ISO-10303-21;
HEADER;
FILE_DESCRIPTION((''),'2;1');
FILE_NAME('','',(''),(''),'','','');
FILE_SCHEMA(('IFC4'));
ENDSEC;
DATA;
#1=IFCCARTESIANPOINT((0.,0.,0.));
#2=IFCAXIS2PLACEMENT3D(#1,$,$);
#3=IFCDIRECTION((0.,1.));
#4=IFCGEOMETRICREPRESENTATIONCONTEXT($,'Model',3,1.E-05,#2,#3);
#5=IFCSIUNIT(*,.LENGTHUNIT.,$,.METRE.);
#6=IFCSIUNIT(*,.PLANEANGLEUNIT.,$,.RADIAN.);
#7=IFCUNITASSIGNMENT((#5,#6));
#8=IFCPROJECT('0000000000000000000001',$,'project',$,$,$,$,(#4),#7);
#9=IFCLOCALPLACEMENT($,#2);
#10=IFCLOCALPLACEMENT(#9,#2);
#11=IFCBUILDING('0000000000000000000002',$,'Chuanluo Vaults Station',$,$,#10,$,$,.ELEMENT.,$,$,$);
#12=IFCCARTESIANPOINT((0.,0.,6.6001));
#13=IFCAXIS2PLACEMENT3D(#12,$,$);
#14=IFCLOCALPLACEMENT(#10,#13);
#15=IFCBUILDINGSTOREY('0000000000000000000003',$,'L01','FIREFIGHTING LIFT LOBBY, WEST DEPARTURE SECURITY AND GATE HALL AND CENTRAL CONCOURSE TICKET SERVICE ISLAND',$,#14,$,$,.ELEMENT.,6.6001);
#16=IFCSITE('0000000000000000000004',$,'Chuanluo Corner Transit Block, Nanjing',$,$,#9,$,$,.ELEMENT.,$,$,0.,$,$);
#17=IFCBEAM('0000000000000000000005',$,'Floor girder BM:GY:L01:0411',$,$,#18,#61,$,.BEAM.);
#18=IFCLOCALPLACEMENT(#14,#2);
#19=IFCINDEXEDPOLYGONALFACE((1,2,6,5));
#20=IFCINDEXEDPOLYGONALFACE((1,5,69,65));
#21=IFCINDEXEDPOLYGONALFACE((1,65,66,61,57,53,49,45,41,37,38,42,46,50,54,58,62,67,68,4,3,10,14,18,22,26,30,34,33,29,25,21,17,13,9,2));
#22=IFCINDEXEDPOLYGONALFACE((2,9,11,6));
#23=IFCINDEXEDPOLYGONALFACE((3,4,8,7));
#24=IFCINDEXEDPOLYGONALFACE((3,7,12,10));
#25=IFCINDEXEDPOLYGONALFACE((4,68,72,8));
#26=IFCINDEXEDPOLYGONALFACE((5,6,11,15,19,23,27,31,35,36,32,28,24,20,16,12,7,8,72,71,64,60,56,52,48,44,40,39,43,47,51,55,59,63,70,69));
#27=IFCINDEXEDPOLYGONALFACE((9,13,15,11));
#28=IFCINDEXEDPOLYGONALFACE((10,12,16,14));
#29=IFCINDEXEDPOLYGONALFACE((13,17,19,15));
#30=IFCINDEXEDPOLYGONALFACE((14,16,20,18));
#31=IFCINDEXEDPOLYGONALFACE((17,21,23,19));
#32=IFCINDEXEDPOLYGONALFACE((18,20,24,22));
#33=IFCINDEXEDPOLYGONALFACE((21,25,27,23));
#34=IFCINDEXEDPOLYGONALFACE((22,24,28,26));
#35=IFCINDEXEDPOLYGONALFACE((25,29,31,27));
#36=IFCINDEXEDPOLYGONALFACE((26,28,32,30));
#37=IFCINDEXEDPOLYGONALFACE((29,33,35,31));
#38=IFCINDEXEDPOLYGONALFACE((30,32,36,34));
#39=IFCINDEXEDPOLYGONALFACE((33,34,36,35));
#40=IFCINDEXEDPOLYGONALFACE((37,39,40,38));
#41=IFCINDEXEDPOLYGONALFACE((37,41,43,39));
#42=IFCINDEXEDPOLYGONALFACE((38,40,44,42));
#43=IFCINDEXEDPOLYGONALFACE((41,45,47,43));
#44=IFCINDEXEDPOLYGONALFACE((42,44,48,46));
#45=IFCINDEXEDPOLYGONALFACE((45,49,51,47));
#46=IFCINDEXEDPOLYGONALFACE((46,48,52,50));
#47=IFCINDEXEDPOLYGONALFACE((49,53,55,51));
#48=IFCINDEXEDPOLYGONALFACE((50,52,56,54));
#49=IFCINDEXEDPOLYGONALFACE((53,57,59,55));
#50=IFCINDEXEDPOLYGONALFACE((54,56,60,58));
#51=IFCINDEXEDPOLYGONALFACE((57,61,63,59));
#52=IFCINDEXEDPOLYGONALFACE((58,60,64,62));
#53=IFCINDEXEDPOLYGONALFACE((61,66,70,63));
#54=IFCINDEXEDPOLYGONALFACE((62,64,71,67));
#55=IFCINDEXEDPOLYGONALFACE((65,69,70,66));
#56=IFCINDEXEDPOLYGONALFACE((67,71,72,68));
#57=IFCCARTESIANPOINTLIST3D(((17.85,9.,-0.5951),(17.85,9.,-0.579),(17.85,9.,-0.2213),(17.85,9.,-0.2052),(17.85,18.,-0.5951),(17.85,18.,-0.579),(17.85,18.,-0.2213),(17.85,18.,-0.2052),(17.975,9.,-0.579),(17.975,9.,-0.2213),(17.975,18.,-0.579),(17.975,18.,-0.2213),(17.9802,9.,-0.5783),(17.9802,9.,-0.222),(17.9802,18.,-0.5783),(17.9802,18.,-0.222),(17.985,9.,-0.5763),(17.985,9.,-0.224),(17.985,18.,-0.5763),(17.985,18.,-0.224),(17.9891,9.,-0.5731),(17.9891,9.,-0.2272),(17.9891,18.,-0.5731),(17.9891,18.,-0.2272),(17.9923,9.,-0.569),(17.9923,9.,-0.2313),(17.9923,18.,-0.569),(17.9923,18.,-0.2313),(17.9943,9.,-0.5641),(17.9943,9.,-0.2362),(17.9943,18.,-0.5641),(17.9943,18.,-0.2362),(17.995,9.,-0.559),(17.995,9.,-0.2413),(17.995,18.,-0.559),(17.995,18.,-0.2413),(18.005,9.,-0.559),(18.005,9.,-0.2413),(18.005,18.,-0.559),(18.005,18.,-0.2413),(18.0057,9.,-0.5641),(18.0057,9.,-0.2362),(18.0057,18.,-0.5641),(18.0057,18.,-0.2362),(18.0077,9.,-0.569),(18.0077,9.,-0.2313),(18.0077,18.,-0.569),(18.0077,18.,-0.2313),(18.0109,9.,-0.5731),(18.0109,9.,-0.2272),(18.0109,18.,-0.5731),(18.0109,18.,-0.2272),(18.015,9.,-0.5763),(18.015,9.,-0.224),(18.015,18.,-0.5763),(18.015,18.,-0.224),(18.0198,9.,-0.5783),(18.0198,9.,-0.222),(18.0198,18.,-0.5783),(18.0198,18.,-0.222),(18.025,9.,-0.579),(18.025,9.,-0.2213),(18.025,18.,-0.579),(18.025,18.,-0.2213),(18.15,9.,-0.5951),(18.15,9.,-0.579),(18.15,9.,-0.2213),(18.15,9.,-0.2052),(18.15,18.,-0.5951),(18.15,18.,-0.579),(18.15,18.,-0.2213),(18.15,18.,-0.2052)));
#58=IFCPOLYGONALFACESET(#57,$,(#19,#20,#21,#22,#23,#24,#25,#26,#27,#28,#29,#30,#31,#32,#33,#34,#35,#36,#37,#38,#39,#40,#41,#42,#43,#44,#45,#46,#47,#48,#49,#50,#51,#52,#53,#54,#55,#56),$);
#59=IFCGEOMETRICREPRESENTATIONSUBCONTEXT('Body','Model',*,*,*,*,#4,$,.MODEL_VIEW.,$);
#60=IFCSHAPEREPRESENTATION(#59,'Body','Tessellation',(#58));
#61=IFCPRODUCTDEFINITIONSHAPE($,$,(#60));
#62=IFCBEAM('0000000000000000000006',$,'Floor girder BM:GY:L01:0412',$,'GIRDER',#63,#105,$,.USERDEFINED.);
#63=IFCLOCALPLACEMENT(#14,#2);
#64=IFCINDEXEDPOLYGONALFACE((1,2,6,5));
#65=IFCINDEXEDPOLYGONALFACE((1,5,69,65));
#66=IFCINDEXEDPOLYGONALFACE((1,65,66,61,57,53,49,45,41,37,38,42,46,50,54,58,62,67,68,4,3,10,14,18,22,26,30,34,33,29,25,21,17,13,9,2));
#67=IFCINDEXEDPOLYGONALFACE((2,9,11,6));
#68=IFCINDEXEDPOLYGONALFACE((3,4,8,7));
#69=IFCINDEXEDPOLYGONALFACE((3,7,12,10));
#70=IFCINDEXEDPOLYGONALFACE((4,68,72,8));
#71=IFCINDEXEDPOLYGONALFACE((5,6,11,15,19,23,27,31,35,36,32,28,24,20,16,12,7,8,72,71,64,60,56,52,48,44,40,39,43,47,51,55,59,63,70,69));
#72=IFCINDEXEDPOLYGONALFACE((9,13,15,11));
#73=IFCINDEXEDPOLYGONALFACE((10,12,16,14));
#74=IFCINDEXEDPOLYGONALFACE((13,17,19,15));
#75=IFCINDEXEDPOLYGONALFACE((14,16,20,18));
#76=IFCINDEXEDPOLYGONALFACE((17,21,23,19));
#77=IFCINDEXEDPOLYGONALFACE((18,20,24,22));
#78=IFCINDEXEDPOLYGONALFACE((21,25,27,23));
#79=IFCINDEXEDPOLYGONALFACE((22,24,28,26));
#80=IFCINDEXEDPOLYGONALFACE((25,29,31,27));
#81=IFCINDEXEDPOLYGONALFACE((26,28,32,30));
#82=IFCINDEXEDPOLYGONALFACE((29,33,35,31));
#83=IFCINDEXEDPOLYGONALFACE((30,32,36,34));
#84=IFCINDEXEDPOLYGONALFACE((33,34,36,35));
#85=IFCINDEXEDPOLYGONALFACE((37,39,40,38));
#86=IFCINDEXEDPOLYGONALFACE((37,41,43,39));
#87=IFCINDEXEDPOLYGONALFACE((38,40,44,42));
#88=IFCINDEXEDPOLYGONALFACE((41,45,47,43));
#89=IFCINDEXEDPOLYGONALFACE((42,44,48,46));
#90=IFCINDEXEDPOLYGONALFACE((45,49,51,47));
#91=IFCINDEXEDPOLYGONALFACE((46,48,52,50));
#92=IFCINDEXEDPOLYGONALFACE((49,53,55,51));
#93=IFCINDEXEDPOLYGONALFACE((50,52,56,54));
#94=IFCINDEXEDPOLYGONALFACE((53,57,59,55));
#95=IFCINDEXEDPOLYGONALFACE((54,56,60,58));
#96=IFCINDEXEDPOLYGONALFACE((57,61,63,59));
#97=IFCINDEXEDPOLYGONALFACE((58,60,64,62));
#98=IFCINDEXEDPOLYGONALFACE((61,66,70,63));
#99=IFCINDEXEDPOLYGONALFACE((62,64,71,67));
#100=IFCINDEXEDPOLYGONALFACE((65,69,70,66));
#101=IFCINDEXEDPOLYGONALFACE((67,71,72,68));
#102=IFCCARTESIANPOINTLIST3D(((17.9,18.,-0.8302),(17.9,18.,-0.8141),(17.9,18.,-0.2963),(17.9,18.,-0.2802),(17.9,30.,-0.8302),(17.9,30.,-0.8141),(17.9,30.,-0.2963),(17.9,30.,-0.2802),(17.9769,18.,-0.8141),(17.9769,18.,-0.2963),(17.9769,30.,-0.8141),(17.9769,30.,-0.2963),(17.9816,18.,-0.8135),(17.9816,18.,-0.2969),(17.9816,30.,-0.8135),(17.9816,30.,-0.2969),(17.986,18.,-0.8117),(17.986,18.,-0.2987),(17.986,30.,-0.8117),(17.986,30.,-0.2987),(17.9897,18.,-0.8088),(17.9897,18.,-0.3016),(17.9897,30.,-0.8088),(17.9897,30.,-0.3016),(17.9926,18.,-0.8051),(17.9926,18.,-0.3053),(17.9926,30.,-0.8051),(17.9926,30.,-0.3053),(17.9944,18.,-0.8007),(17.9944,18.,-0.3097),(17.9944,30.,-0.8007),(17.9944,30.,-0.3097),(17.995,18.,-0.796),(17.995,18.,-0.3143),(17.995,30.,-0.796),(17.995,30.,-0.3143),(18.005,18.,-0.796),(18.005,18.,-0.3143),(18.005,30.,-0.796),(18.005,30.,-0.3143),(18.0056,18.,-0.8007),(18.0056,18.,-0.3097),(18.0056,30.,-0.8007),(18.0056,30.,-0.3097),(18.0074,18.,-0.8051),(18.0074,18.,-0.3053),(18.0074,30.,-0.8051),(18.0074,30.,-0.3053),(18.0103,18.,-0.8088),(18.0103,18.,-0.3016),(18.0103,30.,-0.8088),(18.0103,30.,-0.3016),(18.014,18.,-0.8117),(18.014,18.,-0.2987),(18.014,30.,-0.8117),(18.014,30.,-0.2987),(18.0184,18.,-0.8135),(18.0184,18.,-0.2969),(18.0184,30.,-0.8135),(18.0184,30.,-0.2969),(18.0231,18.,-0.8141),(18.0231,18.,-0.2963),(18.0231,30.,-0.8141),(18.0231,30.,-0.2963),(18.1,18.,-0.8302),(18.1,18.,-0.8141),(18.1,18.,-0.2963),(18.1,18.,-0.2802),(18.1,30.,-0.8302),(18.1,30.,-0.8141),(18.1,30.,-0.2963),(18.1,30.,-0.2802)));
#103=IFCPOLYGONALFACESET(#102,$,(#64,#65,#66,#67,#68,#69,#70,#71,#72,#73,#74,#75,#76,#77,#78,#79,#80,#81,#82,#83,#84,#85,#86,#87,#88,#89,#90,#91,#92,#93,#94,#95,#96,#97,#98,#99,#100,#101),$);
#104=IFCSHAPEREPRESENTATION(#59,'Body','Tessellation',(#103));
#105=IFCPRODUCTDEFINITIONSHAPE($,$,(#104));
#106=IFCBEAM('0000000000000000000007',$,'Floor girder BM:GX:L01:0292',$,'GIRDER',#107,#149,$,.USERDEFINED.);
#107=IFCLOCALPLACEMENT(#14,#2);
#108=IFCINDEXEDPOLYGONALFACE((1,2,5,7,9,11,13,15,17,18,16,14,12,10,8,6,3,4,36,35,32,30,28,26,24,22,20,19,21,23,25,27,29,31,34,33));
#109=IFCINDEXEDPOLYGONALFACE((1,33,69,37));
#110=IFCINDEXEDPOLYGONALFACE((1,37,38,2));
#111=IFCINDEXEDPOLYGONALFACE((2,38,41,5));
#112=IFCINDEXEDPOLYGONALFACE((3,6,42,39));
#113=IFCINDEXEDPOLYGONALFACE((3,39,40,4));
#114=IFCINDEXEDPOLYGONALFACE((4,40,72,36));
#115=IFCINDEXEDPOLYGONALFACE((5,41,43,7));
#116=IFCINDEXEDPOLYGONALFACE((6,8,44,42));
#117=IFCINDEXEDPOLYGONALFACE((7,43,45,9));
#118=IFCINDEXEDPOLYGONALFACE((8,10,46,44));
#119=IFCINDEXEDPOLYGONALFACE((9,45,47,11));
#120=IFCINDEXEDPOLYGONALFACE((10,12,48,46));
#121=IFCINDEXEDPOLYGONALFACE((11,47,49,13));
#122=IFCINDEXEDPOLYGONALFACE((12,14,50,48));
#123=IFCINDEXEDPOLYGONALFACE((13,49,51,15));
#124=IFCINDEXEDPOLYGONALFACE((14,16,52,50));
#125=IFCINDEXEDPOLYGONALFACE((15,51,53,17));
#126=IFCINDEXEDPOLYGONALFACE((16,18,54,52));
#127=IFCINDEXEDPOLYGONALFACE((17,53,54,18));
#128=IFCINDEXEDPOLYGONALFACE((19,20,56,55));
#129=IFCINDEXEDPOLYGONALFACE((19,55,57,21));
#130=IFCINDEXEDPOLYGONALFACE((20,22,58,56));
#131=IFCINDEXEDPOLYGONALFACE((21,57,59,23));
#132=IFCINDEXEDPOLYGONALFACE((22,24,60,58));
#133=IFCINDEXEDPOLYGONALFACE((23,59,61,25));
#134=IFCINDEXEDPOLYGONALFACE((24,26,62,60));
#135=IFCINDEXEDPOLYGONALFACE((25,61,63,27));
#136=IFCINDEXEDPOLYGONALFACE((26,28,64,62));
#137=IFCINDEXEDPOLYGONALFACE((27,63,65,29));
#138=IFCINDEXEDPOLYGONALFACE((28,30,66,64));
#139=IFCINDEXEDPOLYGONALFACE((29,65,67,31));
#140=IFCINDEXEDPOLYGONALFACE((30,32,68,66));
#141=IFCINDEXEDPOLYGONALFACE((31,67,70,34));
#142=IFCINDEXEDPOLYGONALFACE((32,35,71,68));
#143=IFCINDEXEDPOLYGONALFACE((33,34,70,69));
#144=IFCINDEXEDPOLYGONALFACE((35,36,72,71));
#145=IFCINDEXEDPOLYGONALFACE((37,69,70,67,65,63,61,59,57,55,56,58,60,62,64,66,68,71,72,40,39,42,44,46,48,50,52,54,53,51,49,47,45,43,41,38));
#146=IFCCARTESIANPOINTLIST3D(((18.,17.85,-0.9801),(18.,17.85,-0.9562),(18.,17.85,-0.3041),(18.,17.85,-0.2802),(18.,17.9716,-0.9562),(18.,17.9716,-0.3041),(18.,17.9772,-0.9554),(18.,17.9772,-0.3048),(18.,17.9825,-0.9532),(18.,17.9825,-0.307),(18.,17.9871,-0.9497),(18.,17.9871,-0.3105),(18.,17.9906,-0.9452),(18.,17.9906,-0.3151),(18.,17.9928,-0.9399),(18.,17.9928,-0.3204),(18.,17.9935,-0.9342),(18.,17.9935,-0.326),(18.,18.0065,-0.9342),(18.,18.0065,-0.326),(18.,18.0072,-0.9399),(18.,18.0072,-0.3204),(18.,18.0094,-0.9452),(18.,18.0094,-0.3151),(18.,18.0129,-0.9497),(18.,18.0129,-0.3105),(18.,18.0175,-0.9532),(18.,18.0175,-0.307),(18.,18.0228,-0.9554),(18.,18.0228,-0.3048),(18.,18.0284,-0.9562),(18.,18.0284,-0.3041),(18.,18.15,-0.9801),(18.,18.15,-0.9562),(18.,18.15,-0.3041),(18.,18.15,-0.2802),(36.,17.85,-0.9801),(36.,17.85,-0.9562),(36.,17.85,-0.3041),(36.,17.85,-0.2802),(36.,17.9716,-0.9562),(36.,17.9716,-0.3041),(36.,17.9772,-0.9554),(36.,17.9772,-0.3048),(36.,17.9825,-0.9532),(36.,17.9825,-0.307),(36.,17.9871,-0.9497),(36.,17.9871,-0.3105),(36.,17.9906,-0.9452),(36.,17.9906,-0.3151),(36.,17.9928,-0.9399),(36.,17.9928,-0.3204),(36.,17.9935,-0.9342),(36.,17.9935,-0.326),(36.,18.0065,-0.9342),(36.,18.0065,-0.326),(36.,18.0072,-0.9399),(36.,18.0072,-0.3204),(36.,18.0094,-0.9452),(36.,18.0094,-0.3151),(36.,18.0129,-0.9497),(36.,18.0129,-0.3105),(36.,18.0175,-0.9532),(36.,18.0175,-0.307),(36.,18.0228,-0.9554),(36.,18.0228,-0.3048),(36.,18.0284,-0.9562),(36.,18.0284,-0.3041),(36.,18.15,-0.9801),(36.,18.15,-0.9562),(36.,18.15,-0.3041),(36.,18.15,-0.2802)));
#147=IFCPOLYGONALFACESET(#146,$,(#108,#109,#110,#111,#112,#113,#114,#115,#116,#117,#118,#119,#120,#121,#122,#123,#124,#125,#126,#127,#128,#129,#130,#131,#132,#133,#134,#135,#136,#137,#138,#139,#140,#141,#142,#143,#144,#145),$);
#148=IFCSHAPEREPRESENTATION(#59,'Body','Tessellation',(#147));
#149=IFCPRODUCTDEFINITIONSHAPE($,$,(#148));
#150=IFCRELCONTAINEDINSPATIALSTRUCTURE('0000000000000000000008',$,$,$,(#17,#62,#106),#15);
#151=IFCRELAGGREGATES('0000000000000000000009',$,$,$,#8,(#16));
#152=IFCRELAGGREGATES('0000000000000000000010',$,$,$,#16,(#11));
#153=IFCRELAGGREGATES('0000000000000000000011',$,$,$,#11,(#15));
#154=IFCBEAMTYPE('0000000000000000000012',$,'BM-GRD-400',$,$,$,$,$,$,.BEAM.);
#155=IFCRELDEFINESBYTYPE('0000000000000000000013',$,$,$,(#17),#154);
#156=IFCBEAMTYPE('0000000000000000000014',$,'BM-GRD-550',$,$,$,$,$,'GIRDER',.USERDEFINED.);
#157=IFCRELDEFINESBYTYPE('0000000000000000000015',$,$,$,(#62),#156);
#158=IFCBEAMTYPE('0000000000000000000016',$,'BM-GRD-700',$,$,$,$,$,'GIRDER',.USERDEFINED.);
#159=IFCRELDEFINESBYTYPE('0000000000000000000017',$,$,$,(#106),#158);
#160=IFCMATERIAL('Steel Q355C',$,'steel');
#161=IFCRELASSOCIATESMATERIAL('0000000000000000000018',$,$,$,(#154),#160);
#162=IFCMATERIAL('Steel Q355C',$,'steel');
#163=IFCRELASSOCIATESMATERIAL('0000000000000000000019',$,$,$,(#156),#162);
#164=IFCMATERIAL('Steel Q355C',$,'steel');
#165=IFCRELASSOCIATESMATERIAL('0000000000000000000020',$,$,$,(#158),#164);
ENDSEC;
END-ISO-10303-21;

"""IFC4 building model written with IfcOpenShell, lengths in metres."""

from ifc_helpers import new_model, si_unit, direction, frame, origin, origin_2d, place, context, subcontext, project, spatial, i_section, extrude, material, material_profile, profile_set, type_object, element, save


model = new_model("IFC4")

# Units and contexts
model_context = context("Model", 3, precision=1e-05, world=origin(), true_north=direction((0.0, 1.0)))
body_context = subcontext(model_context, "Body", "Model", "MODEL_VIEW")
ifc_project = project(units=[si_unit("LENGTHUNIT", "METRE"), si_unit("PLANEANGLEUNIT", "RADIAN")], contexts=[model_context])

# Site, building, storey
site_placement = place(None, origin())
site = spatial("IfcSite", under=ifc_project, at=site_placement, Name="Chuanluo Corner Transit Block, Nanjing", CompositionType="ELEMENT", RefElevation=0.0)
building_placement = place(site_placement, origin())
building = spatial("IfcBuilding", under=site, at=building_placement, Name="Chuanluo Vaults Station", CompositionType="ELEMENT")
storey_placement = place(building_placement, frame((0.0, 0.0, 6.6001)))
storey = spatial("IfcBuildingStorey", under=building, at=storey_placement, Name="L01", Description="FIREFIGHTING LIFT LOBBY, WEST DEPARTURE SECURITY AND GATE HALL AND CENTRAL CONCOURSE TICKET SERVICE ISLAND", CompositionType="ELEMENT", Elevation=6.6001)

# Beams
ifc_material_1 = material(Name="Steel Q355C", Category="steel")
ifc_material_profile_1 = material_profile(ifc_material_1, i_section(OverallWidth=0.3, OverallDepth=0.3899, WebThickness=0.01, FlangeThickness=0.0161, FilletRadius=0.02, at=origin_2d()))
ifc_profile_set_1 = profile_set([ifc_material_profile_1], Name="Steel Q355C")
beam_type_1 = type_object("IfcBeamType", Name="BM-GRD-400", PredefinedType="BEAM", material=ifc_profile_set_1)
for number, where, z_axis, x_axis, name in (
    (1, (18.0, 9.0, -0.4001), (0.0, 1.0, 0.0), (-1.0, 0.0, 0.0), "Floor girder BM:GY:L01:0411"),
):
    element("IfcBeam", number, at=place(storey_placement, frame(where, z_axis=z_axis, x_axis=x_axis)), inside=storey, type_object=beam_type_1, Name=name, PredefinedType="BEAM", context=body_context, shape_type="SweptSolid", body=[
        extrude(i_section(OverallWidth=0.3, OverallDepth=0.3899, WebThickness=0.01, FlangeThickness=0.0161, FilletRadius=0.02, at=origin_2d()), origin(), (0.0, 0.0, 1.0), 9.0),
    ])
ifc_material_2 = material(Name="Steel Q355C", Category="steel")
ifc_material_profile_2 = material_profile(ifc_material_2, i_section(OverallWidth=0.2, OverallDepth=0.55, WebThickness=0.01, FlangeThickness=0.0161, FilletRadius=0.0181, at=origin_2d()))
ifc_profile_set_2 = profile_set([ifc_material_profile_2], Name="Steel Q355C")
beam_type_2 = type_object("IfcBeamType", Name="BM-GRD-550", ElementType="GIRDER", PredefinedType="USERDEFINED", material=ifc_profile_set_2)
beam_1_placement = place(storey_placement, frame((18.0, 18.0, -0.5552), z_axis=(0.0, 1.0, 0.0), x_axis=(-1.0, 0.0, 0.0)))
element("IfcBeam", 2, at=beam_1_placement, inside=storey, type_object=beam_type_2, Name="Floor girder BM:GY:L01:0412", ObjectType="GIRDER", PredefinedType="USERDEFINED", context=body_context, shape_type="SweptSolid", body=[
    extrude(i_section(OverallWidth=0.2, OverallDepth=0.55, WebThickness=0.01, FlangeThickness=0.0161, FilletRadius=0.0181, at=origin_2d()), origin(), (0.0, 0.0, 1.0), 12.0),
])
ifc_material_3 = material(Name="Steel Q355C", Category="steel")
ifc_material_profile_3 = material_profile(ifc_material_3, i_section(OverallWidth=0.3, OverallDepth=0.7, WebThickness=0.0129, FlangeThickness=0.0239, FilletRadius=0.022, at=origin_2d()))
ifc_profile_set_3 = profile_set([ifc_material_profile_3], Name="Steel Q355C")
beam_type_3 = type_object("IfcBeamType", Name="BM-GRD-700", ElementType="GIRDER", PredefinedType="USERDEFINED", material=ifc_profile_set_3)
beam_2_placement = place(storey_placement, frame((18.0, 18.0, -0.6301), z_axis=(1.0, 0.0, 0.0), x_axis=(0.0, 1.0, 0.0)))
element("IfcBeam", 3, at=beam_2_placement, inside=storey, type_object=beam_type_3, Name="Floor girder BM:GX:L01:0292", ObjectType="GIRDER", PredefinedType="USERDEFINED", context=body_context, shape_type="SweptSolid", body=[
    extrude(i_section(OverallWidth=0.3, OverallDepth=0.7, WebThickness=0.0129, FlangeThickness=0.0239, FilletRadius=0.022, at=origin_2d()), origin(), (0.0, 0.0, 1.0), 18.0),
])

save(model, "model.ifc")
